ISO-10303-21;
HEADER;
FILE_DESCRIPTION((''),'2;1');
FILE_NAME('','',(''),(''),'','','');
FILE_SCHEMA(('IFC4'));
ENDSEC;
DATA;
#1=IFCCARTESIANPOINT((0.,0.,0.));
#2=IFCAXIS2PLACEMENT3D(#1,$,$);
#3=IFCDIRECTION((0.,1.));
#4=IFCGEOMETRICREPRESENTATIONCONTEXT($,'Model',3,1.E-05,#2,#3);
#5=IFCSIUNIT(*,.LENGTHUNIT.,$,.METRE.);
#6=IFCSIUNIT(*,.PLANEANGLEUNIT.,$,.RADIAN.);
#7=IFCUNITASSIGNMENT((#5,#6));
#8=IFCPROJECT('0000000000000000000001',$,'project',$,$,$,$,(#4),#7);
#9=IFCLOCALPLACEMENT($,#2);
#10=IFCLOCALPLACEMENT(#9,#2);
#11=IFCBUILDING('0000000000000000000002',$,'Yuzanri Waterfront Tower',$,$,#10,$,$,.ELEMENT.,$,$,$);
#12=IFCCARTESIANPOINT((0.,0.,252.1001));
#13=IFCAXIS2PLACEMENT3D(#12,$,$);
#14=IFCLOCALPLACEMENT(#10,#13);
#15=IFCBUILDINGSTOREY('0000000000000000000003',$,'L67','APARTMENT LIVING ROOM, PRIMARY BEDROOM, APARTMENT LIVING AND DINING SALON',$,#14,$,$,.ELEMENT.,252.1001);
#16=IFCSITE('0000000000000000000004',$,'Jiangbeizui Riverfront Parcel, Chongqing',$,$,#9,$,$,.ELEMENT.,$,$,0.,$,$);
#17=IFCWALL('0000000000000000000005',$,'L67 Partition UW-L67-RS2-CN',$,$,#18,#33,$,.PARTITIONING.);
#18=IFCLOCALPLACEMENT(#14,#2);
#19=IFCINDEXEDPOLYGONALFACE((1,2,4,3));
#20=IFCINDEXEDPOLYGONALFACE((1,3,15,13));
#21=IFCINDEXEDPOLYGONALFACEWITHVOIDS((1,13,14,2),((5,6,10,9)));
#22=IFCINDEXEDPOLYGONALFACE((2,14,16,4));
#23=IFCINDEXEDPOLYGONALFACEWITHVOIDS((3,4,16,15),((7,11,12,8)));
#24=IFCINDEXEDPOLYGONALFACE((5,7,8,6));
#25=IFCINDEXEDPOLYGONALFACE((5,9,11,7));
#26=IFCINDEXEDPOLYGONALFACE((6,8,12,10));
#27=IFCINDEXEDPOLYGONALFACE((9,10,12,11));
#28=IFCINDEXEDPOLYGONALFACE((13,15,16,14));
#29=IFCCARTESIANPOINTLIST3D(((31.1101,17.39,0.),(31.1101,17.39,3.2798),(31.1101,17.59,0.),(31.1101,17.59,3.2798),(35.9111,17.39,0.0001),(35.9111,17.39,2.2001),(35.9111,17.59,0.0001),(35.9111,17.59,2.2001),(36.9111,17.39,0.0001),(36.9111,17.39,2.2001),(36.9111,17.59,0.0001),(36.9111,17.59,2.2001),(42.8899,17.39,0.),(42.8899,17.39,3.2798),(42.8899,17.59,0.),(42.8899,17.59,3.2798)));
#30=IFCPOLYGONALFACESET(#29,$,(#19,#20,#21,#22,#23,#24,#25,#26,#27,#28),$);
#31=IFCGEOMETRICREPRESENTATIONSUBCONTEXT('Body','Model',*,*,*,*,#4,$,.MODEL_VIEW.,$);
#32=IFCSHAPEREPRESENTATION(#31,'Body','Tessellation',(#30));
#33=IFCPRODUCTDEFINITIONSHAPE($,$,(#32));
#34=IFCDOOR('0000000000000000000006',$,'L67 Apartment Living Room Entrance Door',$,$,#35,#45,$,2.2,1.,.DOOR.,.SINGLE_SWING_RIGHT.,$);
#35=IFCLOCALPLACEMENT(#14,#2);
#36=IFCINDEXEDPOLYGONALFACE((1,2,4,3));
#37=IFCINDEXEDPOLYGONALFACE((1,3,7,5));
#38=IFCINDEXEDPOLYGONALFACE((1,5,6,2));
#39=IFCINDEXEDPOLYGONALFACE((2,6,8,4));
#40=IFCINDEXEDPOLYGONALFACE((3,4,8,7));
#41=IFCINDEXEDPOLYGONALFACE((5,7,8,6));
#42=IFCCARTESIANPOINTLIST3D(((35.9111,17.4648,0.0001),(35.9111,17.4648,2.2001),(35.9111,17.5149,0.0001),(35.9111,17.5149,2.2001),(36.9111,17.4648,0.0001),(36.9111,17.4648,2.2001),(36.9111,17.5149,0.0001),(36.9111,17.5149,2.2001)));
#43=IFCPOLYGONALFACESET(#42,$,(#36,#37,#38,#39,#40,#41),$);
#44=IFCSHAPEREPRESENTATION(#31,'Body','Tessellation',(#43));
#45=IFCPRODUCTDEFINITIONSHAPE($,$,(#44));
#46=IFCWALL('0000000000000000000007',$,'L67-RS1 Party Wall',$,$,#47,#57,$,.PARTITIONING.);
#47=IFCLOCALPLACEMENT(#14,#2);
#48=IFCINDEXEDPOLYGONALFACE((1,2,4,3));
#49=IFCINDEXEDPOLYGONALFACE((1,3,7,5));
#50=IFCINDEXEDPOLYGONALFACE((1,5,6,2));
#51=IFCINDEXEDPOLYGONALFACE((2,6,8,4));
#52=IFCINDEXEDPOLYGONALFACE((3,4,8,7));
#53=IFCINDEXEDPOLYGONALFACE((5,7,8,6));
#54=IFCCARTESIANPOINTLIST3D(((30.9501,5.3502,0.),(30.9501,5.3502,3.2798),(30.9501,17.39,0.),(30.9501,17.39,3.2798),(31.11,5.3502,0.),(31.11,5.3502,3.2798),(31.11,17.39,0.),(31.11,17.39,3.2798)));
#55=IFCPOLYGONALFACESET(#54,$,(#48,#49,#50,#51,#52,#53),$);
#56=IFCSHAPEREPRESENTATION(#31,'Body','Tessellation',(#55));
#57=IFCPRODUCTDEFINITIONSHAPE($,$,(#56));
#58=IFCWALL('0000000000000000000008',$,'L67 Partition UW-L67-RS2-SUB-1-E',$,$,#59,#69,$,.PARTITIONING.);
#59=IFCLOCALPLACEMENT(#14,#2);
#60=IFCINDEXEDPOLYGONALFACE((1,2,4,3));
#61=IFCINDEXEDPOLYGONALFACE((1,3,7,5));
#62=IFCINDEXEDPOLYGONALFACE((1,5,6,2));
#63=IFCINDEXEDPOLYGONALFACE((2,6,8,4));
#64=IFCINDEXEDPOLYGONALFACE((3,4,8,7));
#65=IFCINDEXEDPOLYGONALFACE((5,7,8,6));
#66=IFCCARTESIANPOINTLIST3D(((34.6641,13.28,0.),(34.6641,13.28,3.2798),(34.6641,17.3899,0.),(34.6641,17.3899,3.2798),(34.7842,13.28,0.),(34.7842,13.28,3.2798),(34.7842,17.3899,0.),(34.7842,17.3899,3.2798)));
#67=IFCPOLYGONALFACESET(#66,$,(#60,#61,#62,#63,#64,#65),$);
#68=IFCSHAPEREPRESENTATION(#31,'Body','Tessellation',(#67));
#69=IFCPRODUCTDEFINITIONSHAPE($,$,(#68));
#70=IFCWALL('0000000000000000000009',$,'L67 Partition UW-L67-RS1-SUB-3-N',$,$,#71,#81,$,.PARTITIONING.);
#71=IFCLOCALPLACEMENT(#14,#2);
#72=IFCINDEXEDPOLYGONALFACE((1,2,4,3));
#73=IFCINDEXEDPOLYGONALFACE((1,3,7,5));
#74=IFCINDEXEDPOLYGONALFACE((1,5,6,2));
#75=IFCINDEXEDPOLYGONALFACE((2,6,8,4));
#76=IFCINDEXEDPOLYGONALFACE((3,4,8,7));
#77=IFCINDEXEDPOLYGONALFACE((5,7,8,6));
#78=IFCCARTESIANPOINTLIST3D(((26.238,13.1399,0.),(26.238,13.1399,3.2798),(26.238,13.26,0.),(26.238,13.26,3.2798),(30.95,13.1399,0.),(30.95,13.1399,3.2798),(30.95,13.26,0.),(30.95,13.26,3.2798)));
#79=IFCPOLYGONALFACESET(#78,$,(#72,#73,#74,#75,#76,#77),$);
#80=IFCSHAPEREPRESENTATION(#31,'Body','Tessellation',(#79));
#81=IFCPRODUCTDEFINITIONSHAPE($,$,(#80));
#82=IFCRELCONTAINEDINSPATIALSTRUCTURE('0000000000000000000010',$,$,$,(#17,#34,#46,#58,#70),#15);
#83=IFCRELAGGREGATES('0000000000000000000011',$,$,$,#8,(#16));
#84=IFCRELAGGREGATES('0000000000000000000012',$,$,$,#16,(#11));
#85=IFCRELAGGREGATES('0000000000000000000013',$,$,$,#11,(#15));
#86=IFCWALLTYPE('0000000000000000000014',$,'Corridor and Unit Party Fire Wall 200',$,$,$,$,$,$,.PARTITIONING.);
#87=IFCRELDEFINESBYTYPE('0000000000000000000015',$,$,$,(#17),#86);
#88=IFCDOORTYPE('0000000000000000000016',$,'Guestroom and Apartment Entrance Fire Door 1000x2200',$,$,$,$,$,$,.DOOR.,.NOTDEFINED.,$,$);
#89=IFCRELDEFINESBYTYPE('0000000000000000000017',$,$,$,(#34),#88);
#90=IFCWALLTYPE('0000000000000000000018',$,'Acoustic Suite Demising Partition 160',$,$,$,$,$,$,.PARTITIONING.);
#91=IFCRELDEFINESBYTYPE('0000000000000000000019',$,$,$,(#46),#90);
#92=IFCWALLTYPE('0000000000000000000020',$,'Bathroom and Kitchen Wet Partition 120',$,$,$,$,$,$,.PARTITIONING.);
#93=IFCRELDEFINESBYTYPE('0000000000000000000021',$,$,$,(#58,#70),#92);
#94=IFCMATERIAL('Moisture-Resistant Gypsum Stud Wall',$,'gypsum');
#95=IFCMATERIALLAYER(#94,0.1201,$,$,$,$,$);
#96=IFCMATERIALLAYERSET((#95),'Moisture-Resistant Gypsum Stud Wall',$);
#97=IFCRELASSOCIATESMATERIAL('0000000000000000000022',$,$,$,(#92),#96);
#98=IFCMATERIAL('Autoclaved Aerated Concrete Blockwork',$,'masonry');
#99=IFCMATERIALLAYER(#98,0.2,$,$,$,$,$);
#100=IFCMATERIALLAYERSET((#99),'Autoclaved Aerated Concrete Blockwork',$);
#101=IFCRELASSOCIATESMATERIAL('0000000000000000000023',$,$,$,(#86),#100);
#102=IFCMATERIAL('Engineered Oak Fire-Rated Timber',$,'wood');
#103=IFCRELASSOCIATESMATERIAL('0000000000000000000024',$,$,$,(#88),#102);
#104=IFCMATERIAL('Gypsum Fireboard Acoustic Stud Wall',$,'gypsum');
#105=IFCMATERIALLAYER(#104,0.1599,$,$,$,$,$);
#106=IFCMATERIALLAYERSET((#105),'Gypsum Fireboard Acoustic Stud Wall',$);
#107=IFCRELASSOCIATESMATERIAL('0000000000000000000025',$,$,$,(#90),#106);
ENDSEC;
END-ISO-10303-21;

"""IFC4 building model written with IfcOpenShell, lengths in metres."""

from ifc_helpers import new_model, si_unit, direction, frame, frame_2d, origin, place, context, subcontext, project, spatial, rectangle, extrude, source, transform, mapped, material, layer, layer_set, type_object, element, fill, save


model = new_model("IFC4")

# Units and contexts
model_context = context("Model", 3, precision=1e-05, world=origin(), true_north=direction((0.0, 1.0)))
body_context = subcontext(model_context, "Body", "Model", "MODEL_VIEW")
ifc_project = project(units=[si_unit("LENGTHUNIT", "METRE"), si_unit("PLANEANGLEUNIT", "RADIAN")], contexts=[model_context])

# Site, building, storey
site_placement = place(None, origin())
site = spatial("IfcSite", under=ifc_project, at=site_placement, Name="Jiangbeizui Riverfront Parcel, Chongqing", CompositionType="ELEMENT", RefElevation=0.0)
building_placement = place(site_placement, origin())
building = spatial("IfcBuilding", under=site, at=building_placement, Name="Yuzanri Waterfront Tower", CompositionType="ELEMENT")
storey_placement = place(building_placement, frame((0.0, 0.0, 252.1001)))
storey = spatial("IfcBuildingStorey", under=building, at=storey_placement, Name="L67", Description="APARTMENT LIVING ROOM, PRIMARY BEDROOM, APARTMENT LIVING AND DINING SALON", CompositionType="ELEMENT", Elevation=252.1001)

# Wall, opening, door
ifc_material_1 = material(Name="Moisture-Resistant Gypsum Stud Wall", Category="gypsum")
ifc_layer_1 = layer(ifc_material_1, 0.1201)
ifc_layer_set_1 = layer_set([ifc_layer_1], Name="Moisture-Resistant Gypsum Stud Wall")
wall_type_1 = type_object("IfcWallType", Name="Bathroom and Kitchen Wet Partition 120", PredefinedType="PARTITIONING", material=ifc_layer_set_1)
ifc_material_2 = material(Name="Autoclaved Aerated Concrete Blockwork", Category="masonry")
ifc_layer_2 = layer(ifc_material_2, 0.2)
ifc_layer_set_2 = layer_set([ifc_layer_2], Name="Autoclaved Aerated Concrete Blockwork")
wall_type_2 = type_object("IfcWallType", Name="Corridor and Unit Party Fire Wall 200", PredefinedType="PARTITIONING", material=ifc_layer_set_2)
wall_1_placement = place(storey_placement, frame((31.1101, 17.49, 0.0), z_axis=(0.0, 0.0, 1.0), x_axis=(1.0, 0.0, 0.0)))
wall_1 = element("IfcWall", 1, at=wall_1_placement, inside=storey, type_object=wall_type_2, Name="L67 Partition UW-L67-RS2-CN", PredefinedType="PARTITIONING", context=body_context, shape_type="SweptSolid", body=[
    extrude(rectangle(XDim=11.7798, YDim=0.2, at=frame_2d((5.8899, 0.0))), origin(), (0.0, 0.0, 1.0), 3.2798),
])
opening_1_placement = place(wall_1_placement, frame((4.801, 0.0, 0.0)))
opening_1 = element("IfcOpeningElement", 2, at=opening_1_placement, cuts=wall_1, PredefinedType="OPENING", context=body_context, shape_type="SweptSolid", body=[
    extrude(rectangle(XDim=1.0, YDim=2.2, at=frame_2d((0.5, 1.1001))), frame((0.0, 0.1147, 0.0), z_axis=(0.0, -1.0, 0.0), x_axis=(1.0, 0.0, 0.0)), (0.0, 0.0, 1.0), 0.2297),
])
ifc_material_3 = material(Name="Engineered Oak Fire-Rated Timber", Category="wood")
door_type_1 = type_object("IfcDoorType", Name="Guestroom and Apartment Entrance Fire Door 1000x2200", OperationType="NOTDEFINED", PredefinedType="DOOR", material=ifc_material_3)
shared_shape_1 = source(origin(), body_context, "Body", "SweptSolid", [
    extrude(rectangle(XDim=1.0, YDim=2.2, at=frame_2d((0.5, 1.1001))), frame((0.0, 0.0249, 0.0), z_axis=(0.0, -1.0, 0.0), x_axis=(1.0, 0.0, 0.0)), (0.0, 0.0, 1.0), 0.05),
])
door_1_placement = place(opening_1_placement, origin())
door_1 = element("IfcDoor", 3, at=door_1_placement, inside=storey, type_object=door_type_1, Name="L67 Apartment Living Room Entrance Door", OperationType="SINGLE_SWING_RIGHT", OverallHeight=2.2, OverallWidth=1.0, PredefinedType="DOOR", context=body_context, shape_type="MappedRepresentation", body=[
    mapped(shared_shape_1, transform((0.0, 0.0, 0.0), scale=1.0)),
])
fill(opening_1, door_1)

# Walls
ifc_material_4 = material(Name="Gypsum Fireboard Acoustic Stud Wall", Category="gypsum")
ifc_layer_3 = layer(ifc_material_4, 0.1599)
ifc_layer_set_3 = layer_set([ifc_layer_3], Name="Gypsum Fireboard Acoustic Stud Wall")
wall_type_3 = type_object("IfcWallType", Name="Acoustic Suite Demising Partition 160", PredefinedType="PARTITIONING", material=ifc_layer_set_3)
shared_shape_2 = source(origin(), body_context, "Body", "SweptSolid", [
    extrude(rectangle(XDim=12.0398, YDim=0.1599, at=frame_2d((6.02, 0.0))), origin(), (0.0, 0.0, 1.0), 3.2798),
])
wall_2_placement = place(storey_placement, frame((31.03, 5.3501, 0.0), z_axis=(0.0, 0.0, 1.0), x_axis=(0.0, 1.0, 0.0)))
element("IfcWall", 4, at=wall_2_placement, inside=storey, type_object=wall_type_3, Name="L67-RS1 Party Wall", PredefinedType="PARTITIONING", context=body_context, shape_type="MappedRepresentation", body=[
    mapped(shared_shape_2, transform((0.0, 0.0, 0.0), scale=1.0)),
])
shared_shape_3 = source(origin(), body_context, "Body", "SweptSolid", [
    extrude(rectangle(XDim=4.1099, YDim=0.1201, at=frame_2d((2.0549, 0.0))), origin(), (0.0, 0.0, 1.0), 3.2798),
])
wall_3_placement = place(storey_placement, frame((34.7241, 13.28, 0.0), z_axis=(0.0, 0.0, 1.0), x_axis=(0.0, 1.0, 0.0)))
element("IfcWall", 5, at=wall_3_placement, inside=storey, type_object=wall_type_1, Name="L67 Partition UW-L67-RS2-SUB-1-E", PredefinedType="PARTITIONING", context=body_context, shape_type="MappedRepresentation", body=[
    mapped(shared_shape_3, transform((0.0, 0.0, 0.0), scale=1.0)),
])
shared_shape_4 = source(origin(), body_context, "Body", "SweptSolid", [
    extrude(rectangle(XDim=4.7119, YDim=0.1201, at=frame_2d((2.356, 0.0))), origin(), (0.0, 0.0, 1.0), 3.2798),
])
wall_4_placement = place(storey_placement, frame((26.238, 13.2, 0.0), z_axis=(0.0, 0.0, 1.0), x_axis=(1.0, 0.0, 0.0)))
element("IfcWall", 6, at=wall_4_placement, inside=storey, type_object=wall_type_1, Name="L67 Partition UW-L67-RS1-SUB-3-N", PredefinedType="PARTITIONING", context=body_context, shape_type="MappedRepresentation", body=[
    mapped(shared_shape_4, transform((0.0, 0.0, 0.0), scale=1.0)),
])

save(model, "model.ifc")
